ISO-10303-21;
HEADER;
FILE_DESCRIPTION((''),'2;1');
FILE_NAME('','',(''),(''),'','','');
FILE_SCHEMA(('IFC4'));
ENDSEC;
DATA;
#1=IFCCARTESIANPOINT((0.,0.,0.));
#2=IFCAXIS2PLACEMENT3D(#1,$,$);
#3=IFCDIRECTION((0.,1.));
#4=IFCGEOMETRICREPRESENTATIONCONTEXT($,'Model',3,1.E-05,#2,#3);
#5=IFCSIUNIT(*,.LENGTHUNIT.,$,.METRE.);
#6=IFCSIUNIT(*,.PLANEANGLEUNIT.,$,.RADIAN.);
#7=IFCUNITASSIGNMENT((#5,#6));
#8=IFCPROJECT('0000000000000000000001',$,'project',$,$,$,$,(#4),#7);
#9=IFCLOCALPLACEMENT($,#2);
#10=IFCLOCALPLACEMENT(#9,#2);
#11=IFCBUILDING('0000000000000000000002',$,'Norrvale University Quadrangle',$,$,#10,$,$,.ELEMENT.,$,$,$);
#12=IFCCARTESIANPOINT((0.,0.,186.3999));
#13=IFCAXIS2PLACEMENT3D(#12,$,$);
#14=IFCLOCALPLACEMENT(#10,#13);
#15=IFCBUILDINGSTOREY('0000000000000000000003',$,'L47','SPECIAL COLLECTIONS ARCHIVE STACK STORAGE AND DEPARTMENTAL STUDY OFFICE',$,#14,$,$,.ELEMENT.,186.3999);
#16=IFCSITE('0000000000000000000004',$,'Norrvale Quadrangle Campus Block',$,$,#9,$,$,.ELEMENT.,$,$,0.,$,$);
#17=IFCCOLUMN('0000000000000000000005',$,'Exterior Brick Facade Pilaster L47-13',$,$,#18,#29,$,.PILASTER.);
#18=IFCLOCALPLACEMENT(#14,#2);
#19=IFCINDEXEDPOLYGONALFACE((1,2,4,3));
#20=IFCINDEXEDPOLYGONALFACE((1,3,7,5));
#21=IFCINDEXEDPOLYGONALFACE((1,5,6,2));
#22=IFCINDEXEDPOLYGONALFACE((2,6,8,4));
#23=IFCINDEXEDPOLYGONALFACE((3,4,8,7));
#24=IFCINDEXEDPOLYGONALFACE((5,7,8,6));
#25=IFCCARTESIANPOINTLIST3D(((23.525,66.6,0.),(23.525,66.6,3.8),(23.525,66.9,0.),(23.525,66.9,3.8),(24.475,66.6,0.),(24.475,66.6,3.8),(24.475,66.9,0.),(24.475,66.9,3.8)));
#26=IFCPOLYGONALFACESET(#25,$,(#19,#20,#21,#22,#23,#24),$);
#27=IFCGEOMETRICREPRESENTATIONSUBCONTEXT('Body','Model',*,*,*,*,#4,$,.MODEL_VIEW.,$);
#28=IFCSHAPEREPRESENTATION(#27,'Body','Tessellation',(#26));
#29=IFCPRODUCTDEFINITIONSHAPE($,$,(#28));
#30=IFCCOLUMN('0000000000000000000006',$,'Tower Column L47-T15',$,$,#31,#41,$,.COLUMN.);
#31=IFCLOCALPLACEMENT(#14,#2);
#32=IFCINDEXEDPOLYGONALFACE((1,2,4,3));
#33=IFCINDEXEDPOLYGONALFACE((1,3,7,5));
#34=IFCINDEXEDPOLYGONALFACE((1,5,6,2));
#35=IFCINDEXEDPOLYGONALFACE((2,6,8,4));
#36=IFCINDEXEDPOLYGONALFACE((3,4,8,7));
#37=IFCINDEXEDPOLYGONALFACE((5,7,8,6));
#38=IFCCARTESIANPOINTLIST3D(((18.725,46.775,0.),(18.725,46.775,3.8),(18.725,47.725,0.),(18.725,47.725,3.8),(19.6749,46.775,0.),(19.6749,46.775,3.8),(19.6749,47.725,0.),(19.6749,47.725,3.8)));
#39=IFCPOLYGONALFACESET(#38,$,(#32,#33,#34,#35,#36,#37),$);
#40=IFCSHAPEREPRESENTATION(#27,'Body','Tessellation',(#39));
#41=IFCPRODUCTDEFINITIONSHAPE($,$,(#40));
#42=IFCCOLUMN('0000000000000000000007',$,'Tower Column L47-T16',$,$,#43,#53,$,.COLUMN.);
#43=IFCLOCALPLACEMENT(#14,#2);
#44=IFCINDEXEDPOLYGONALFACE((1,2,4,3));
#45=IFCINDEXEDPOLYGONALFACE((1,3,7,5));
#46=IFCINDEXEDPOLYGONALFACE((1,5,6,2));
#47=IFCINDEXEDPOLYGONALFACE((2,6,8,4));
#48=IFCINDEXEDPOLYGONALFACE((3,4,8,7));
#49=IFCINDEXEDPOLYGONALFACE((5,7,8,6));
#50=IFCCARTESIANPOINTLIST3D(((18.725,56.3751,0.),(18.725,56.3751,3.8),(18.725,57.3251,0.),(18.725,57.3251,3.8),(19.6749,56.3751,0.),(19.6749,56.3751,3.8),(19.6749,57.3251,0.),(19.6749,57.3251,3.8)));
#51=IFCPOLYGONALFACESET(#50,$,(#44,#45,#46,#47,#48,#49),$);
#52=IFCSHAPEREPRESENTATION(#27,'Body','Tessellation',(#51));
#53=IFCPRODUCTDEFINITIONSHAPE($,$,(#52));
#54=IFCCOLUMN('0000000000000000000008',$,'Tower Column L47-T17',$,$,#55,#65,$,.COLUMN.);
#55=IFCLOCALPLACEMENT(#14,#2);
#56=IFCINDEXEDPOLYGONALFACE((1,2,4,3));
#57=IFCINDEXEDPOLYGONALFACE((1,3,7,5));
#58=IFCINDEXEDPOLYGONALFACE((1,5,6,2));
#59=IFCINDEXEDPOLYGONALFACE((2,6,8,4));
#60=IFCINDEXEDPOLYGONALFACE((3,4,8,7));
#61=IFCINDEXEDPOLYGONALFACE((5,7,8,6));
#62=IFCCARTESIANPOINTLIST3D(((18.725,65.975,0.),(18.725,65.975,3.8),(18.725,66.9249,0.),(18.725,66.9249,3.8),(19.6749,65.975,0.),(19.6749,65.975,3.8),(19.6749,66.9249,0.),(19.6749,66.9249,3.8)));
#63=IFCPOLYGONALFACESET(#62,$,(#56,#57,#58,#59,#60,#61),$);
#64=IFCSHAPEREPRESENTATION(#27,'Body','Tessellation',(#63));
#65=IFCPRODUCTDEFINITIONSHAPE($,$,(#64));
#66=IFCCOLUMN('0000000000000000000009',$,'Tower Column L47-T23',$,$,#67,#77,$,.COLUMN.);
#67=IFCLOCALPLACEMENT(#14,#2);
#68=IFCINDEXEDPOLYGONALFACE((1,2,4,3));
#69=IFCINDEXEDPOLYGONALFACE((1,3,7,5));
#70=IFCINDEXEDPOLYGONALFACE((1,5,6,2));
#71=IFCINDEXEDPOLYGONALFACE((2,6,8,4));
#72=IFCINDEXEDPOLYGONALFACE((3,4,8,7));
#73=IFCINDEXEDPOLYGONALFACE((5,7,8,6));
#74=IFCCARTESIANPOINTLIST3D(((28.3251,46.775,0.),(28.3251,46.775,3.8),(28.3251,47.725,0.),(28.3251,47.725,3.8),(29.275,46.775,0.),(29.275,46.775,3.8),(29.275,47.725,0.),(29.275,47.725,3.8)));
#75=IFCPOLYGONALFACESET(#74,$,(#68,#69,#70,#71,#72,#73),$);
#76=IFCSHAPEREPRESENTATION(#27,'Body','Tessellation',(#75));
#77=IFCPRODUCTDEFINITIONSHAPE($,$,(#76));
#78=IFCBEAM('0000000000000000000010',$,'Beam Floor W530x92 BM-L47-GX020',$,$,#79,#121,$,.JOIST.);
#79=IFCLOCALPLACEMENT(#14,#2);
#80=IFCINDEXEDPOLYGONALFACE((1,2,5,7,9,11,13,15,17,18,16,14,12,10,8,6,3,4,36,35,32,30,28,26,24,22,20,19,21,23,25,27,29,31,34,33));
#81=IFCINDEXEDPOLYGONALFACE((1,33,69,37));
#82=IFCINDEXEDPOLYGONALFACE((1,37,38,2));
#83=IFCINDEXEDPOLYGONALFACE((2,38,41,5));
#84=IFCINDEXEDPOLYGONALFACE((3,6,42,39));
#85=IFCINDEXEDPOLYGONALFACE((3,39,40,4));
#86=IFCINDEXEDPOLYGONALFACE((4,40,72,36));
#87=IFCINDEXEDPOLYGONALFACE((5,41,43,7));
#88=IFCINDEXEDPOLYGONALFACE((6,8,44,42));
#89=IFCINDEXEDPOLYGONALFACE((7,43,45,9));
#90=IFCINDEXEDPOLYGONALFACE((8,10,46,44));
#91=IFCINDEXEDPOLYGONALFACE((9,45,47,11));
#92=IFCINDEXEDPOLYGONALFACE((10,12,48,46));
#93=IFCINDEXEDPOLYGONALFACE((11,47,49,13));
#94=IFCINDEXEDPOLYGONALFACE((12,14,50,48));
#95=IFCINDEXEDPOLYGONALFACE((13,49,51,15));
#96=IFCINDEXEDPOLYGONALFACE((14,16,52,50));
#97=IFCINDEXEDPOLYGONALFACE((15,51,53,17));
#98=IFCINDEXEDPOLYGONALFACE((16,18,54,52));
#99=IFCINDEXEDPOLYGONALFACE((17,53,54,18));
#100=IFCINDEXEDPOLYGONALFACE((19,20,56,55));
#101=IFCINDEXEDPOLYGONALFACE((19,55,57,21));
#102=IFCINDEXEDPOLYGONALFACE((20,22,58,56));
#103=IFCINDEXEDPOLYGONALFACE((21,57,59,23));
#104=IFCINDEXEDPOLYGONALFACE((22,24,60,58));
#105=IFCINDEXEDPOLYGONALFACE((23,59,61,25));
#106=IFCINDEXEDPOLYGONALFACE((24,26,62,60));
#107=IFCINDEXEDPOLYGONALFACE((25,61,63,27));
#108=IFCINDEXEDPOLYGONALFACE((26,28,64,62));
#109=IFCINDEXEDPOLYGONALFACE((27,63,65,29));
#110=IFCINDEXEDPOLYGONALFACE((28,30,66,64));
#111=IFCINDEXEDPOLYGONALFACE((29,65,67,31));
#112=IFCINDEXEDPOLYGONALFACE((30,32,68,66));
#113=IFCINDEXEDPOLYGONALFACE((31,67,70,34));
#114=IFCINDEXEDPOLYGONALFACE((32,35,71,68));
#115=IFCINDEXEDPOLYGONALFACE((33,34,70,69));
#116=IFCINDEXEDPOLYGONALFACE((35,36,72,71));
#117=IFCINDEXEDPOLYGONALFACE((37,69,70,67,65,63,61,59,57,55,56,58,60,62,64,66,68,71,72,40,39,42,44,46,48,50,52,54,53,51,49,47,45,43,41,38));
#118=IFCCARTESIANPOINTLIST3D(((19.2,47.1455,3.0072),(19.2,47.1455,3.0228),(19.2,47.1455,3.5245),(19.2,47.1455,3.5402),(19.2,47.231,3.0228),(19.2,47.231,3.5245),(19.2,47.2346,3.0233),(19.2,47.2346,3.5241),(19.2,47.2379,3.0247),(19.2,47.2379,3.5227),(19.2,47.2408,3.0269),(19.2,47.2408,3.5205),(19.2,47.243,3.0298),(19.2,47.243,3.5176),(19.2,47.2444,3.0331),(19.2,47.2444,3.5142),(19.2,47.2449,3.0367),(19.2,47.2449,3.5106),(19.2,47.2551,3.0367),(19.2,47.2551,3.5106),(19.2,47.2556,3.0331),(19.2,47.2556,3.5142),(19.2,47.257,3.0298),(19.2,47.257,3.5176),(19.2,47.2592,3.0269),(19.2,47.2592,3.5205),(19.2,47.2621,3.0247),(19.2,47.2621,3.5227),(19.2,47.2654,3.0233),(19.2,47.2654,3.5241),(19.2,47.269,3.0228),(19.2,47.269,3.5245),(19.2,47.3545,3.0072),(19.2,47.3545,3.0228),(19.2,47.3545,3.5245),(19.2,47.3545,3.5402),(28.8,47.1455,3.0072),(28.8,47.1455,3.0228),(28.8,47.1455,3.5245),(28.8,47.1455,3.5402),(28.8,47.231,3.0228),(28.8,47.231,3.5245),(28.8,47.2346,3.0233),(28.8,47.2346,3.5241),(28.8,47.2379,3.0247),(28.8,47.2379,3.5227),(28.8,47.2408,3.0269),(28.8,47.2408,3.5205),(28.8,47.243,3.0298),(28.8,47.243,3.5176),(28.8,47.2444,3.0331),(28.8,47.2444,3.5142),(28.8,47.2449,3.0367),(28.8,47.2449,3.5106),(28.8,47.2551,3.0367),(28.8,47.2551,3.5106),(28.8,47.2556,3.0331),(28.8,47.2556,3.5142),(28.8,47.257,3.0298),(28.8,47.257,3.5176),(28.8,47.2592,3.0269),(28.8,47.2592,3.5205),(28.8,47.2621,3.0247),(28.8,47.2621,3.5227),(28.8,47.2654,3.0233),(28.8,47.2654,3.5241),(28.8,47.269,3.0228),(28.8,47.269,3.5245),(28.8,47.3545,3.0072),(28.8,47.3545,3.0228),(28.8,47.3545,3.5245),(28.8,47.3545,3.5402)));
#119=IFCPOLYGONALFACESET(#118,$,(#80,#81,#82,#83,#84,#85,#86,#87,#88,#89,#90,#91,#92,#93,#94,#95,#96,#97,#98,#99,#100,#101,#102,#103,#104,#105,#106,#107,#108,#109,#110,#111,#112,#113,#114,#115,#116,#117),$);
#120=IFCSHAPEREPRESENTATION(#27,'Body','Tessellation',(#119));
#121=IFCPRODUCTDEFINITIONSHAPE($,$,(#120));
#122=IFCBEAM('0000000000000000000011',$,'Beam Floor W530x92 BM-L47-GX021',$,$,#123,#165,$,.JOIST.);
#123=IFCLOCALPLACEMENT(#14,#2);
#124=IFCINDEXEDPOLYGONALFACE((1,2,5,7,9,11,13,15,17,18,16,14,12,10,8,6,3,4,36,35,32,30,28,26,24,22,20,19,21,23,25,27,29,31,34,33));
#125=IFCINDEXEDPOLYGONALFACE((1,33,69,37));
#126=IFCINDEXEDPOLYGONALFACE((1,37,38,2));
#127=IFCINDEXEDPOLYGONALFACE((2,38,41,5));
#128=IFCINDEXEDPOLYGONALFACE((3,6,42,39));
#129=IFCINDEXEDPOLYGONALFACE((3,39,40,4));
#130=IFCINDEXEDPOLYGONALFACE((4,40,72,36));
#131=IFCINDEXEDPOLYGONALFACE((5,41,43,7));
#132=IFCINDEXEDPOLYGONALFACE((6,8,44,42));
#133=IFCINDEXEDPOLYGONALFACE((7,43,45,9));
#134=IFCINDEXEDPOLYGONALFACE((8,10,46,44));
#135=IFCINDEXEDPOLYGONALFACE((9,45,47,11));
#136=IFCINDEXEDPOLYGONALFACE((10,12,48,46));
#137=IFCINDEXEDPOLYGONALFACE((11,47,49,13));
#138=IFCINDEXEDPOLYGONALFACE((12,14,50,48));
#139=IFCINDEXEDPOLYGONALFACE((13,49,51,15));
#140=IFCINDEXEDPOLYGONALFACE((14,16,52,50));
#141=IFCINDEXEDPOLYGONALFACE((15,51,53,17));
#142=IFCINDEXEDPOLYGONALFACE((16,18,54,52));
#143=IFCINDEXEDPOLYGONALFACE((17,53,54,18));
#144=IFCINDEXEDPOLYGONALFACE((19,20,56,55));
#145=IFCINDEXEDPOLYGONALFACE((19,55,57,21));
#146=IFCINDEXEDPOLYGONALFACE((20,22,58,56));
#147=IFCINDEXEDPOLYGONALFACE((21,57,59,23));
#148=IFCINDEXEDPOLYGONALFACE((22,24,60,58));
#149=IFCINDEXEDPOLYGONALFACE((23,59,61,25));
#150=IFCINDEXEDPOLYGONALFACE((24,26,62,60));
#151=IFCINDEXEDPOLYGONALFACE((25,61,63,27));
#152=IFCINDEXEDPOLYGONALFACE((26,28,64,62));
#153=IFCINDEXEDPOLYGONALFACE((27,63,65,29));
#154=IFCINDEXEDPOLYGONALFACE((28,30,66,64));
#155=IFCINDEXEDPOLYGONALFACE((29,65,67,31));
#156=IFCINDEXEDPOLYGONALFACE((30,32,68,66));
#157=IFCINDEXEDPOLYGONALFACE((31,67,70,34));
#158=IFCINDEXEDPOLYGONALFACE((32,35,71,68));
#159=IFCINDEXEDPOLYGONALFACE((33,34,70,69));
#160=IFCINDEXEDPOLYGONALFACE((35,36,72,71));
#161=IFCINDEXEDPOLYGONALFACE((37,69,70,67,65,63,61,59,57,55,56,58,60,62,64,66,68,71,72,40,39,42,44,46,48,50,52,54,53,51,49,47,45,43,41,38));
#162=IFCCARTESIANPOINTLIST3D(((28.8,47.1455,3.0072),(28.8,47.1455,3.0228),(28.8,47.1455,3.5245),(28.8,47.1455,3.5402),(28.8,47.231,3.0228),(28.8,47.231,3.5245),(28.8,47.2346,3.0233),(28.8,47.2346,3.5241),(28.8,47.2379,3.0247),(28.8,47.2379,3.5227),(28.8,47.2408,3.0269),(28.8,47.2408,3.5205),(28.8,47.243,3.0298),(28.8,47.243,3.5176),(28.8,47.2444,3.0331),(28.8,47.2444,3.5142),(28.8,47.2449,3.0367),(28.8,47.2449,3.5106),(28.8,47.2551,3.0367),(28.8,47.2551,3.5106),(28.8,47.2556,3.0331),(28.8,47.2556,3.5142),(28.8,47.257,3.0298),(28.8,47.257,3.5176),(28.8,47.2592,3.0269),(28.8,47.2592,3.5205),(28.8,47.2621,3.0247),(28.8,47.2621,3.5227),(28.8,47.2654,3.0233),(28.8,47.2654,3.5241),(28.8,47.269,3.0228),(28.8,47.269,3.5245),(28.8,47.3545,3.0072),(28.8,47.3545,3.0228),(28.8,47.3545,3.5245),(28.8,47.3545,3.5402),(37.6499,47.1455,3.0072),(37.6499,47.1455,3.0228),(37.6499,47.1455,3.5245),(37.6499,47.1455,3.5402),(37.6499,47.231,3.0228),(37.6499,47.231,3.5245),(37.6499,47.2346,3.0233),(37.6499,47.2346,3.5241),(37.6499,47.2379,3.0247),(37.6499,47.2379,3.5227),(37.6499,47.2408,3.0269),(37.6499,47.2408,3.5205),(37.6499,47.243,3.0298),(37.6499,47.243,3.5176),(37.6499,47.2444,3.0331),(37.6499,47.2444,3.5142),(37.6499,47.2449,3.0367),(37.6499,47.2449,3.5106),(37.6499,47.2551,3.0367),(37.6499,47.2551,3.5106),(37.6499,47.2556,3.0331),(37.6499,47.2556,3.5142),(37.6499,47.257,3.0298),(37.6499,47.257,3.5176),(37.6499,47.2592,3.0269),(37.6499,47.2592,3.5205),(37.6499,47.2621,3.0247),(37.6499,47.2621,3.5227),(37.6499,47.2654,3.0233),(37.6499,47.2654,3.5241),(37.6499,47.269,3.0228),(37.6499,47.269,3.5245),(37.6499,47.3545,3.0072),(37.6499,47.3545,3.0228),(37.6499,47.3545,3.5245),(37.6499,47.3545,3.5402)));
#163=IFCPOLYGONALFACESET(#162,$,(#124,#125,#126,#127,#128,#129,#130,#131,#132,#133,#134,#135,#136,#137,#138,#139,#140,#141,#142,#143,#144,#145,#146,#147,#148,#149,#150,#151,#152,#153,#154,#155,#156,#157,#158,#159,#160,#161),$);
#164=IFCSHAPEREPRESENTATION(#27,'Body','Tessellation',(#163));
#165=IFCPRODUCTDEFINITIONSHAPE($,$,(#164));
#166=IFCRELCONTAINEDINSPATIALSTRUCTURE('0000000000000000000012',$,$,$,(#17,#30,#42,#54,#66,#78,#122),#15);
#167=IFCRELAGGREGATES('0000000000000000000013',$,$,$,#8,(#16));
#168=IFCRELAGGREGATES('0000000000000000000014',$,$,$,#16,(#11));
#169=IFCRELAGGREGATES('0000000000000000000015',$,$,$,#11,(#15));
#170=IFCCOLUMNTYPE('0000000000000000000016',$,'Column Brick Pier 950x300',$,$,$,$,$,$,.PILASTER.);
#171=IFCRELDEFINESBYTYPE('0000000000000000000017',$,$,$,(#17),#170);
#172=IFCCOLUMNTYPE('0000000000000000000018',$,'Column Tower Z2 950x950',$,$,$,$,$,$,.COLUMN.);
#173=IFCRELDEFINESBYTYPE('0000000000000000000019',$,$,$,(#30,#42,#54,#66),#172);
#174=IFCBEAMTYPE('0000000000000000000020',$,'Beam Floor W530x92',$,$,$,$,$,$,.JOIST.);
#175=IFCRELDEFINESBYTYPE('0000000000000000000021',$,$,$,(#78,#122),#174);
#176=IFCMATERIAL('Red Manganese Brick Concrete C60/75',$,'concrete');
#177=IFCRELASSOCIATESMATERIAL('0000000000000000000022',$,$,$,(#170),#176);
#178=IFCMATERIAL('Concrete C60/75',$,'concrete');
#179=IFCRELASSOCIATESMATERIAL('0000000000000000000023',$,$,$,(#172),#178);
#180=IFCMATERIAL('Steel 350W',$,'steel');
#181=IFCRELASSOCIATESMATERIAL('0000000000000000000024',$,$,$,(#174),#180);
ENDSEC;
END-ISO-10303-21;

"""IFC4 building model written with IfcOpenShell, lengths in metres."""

from ifc_helpers import new_model, si_unit, direction, frame, origin, origin_2d, place, context, subcontext, project, spatial, rectangle, i_section, extrude, material, material_profile, profile_set, type_object, element, save


model = new_model("IFC4")

# Units and contexts
model_context = context("Model", 3, precision=1e-05, world=origin(), true_north=direction((0.0, 1.0)))
body_context = subcontext(model_context, "Body", "Model", "MODEL_VIEW")
ifc_project = project(units=[si_unit("LENGTHUNIT", "METRE"), si_unit("PLANEANGLEUNIT", "RADIAN")], contexts=[model_context])

# Site, building, storey
site_placement = place(None, origin())
site = spatial("IfcSite", under=ifc_project, at=site_placement, Name="Norrvale Quadrangle Campus Block", CompositionType="ELEMENT", RefElevation=0.0)
building_placement = place(site_placement, origin())
building = spatial("IfcBuilding", under=site, at=building_placement, Name="Norrvale University Quadrangle", CompositionType="ELEMENT")
storey_placement = place(building_placement, frame((0.0, 0.0, 186.3999)))
storey = spatial("IfcBuildingStorey", under=building, at=storey_placement, Name="L47", Description="SPECIAL COLLECTIONS ARCHIVE STACK STORAGE AND DEPARTMENTAL STUDY OFFICE", CompositionType="ELEMENT", Elevation=186.3999)

# Columns
ifc_material_1 = material(Name="Red Manganese Brick Concrete C60/75", Category="concrete")
ifc_material_profile_1 = material_profile(ifc_material_1, rectangle(XDim=0.95, YDim=0.3, at=origin_2d()), Name="Red Manganese Brick Concrete C60/75")
ifc_profile_set_1 = profile_set([ifc_material_profile_1], Name="Red Manganese Brick Concrete C60/75")
column_type_1 = type_object("IfcColumnType", Name="Column Brick Pier 950x300", PredefinedType="PILASTER", material=ifc_profile_set_1)
column_placement = place(storey_placement, frame((24.0, 66.75, 0.0), z_axis=(0.0, 0.0, 1.0), x_axis=(1.0, 0.0, 0.0)))
element("IfcColumn", 1, at=column_placement, inside=storey, type_object=column_type_1, Name="Exterior Brick Facade Pilaster L47-13", PredefinedType="PILASTER", context=body_context, shape_type="SweptSolid", body=[
    extrude(rectangle(XDim=0.95, YDim=0.3, at=origin_2d()), origin(), (0.0, 0.0, 1.0), 3.8),
])
ifc_material_2 = material(Name="Concrete C60/75", Category="concrete")
ifc_material_profile_2 = material_profile(ifc_material_2, rectangle(XDim=0.95, YDim=0.95, at=origin_2d()), Name="Concrete C60/75")
ifc_profile_set_2 = profile_set([ifc_material_profile_2], Name="Concrete C60/75")
column_type_2 = type_object("IfcColumnType", Name="Column Tower Z2 950x950", PredefinedType="COLUMN", material=ifc_profile_set_2)
for number, where, z_axis, x_axis, name in (
    (2, (19.2, 47.25, 0.0), (0.0, 0.0, 1.0), (1.0, 0.0, 0.0), "Tower Column L47-T15"),
    (3, (19.2, 56.8501, 0.0), (0.0, 0.0, 1.0), (1.0, 0.0, 0.0), "Tower Column L47-T16"),
    (4, (19.2, 66.45, 0.0), (0.0, 0.0, 1.0), (1.0, 0.0, 0.0), "Tower Column L47-T17"),
    (5, (28.8, 47.25, 0.0), (0.0, 0.0, 1.0), (1.0, 0.0, 0.0), "Tower Column L47-T23"),
):
    element("IfcColumn", number, at=place(storey_placement, frame(where, z_axis=z_axis, x_axis=x_axis)), inside=storey, type_object=column_type_2, Name=name, PredefinedType="COLUMN", context=body_context, shape_type="SweptSolid", body=[
        extrude(rectangle(XDim=0.95, YDim=0.95, at=origin_2d()), origin(), (0.0, 0.0, 1.0), 3.8),
    ])

# Beams
ifc_material_3 = material(Name="Steel 350W", Category="steel")
ifc_material_profile_3 = material_profile(ifc_material_3, i_section(OverallWidth=0.209, OverallDepth=0.533, WebThickness=0.0103, FlangeThickness=0.0156, FilletRadius=0.0139, at=origin_2d()), Name="Steel 350W")
ifc_profile_set_3 = profile_set([ifc_material_profile_3], Name="Steel 350W")
beam_type_1 = type_object("IfcBeamType", Name="Beam Floor W530x92", PredefinedType="JOIST", material=ifc_profile_set_3)
beam_1_placement = place(storey_placement, frame((19.2, 47.25, 3.2737), z_axis=(1.0, 0.0, 0.0), x_axis=(0.0, 1.0, 0.0)))
element("IfcBeam", 6, at=beam_1_placement, inside=storey, type_object=beam_type_1, Name="Beam Floor W530x92 BM-L47-GX020", PredefinedType="JOIST", context=body_context, shape_type="SweptSolid", body=[
    extrude(i_section(OverallWidth=0.209, OverallDepth=0.533, WebThickness=0.0103, FlangeThickness=0.0156, FilletRadius=0.0139, at=origin_2d()), origin(), (0.0, 0.0, 1.0), 9.6001),
])
beam_2_placement = place(storey_placement, frame((28.8, 47.25, 3.2737), z_axis=(1.0, 0.0, 0.0), x_axis=(0.0, 1.0, 0.0)))
element("IfcBeam", 7, at=beam_2_placement, inside=storey, type_object=beam_type_1, Name="Beam Floor W530x92 BM-L47-GX021", PredefinedType="JOIST", context=body_context, shape_type="SweptSolid", body=[
    extrude(i_section(OverallWidth=0.209, OverallDepth=0.533, WebThickness=0.0103, FlangeThickness=0.0156, FilletRadius=0.0139, at=origin_2d()), origin(), (0.0, 0.0, 1.0), 8.8499),
])

save(model, "model.ifc")
